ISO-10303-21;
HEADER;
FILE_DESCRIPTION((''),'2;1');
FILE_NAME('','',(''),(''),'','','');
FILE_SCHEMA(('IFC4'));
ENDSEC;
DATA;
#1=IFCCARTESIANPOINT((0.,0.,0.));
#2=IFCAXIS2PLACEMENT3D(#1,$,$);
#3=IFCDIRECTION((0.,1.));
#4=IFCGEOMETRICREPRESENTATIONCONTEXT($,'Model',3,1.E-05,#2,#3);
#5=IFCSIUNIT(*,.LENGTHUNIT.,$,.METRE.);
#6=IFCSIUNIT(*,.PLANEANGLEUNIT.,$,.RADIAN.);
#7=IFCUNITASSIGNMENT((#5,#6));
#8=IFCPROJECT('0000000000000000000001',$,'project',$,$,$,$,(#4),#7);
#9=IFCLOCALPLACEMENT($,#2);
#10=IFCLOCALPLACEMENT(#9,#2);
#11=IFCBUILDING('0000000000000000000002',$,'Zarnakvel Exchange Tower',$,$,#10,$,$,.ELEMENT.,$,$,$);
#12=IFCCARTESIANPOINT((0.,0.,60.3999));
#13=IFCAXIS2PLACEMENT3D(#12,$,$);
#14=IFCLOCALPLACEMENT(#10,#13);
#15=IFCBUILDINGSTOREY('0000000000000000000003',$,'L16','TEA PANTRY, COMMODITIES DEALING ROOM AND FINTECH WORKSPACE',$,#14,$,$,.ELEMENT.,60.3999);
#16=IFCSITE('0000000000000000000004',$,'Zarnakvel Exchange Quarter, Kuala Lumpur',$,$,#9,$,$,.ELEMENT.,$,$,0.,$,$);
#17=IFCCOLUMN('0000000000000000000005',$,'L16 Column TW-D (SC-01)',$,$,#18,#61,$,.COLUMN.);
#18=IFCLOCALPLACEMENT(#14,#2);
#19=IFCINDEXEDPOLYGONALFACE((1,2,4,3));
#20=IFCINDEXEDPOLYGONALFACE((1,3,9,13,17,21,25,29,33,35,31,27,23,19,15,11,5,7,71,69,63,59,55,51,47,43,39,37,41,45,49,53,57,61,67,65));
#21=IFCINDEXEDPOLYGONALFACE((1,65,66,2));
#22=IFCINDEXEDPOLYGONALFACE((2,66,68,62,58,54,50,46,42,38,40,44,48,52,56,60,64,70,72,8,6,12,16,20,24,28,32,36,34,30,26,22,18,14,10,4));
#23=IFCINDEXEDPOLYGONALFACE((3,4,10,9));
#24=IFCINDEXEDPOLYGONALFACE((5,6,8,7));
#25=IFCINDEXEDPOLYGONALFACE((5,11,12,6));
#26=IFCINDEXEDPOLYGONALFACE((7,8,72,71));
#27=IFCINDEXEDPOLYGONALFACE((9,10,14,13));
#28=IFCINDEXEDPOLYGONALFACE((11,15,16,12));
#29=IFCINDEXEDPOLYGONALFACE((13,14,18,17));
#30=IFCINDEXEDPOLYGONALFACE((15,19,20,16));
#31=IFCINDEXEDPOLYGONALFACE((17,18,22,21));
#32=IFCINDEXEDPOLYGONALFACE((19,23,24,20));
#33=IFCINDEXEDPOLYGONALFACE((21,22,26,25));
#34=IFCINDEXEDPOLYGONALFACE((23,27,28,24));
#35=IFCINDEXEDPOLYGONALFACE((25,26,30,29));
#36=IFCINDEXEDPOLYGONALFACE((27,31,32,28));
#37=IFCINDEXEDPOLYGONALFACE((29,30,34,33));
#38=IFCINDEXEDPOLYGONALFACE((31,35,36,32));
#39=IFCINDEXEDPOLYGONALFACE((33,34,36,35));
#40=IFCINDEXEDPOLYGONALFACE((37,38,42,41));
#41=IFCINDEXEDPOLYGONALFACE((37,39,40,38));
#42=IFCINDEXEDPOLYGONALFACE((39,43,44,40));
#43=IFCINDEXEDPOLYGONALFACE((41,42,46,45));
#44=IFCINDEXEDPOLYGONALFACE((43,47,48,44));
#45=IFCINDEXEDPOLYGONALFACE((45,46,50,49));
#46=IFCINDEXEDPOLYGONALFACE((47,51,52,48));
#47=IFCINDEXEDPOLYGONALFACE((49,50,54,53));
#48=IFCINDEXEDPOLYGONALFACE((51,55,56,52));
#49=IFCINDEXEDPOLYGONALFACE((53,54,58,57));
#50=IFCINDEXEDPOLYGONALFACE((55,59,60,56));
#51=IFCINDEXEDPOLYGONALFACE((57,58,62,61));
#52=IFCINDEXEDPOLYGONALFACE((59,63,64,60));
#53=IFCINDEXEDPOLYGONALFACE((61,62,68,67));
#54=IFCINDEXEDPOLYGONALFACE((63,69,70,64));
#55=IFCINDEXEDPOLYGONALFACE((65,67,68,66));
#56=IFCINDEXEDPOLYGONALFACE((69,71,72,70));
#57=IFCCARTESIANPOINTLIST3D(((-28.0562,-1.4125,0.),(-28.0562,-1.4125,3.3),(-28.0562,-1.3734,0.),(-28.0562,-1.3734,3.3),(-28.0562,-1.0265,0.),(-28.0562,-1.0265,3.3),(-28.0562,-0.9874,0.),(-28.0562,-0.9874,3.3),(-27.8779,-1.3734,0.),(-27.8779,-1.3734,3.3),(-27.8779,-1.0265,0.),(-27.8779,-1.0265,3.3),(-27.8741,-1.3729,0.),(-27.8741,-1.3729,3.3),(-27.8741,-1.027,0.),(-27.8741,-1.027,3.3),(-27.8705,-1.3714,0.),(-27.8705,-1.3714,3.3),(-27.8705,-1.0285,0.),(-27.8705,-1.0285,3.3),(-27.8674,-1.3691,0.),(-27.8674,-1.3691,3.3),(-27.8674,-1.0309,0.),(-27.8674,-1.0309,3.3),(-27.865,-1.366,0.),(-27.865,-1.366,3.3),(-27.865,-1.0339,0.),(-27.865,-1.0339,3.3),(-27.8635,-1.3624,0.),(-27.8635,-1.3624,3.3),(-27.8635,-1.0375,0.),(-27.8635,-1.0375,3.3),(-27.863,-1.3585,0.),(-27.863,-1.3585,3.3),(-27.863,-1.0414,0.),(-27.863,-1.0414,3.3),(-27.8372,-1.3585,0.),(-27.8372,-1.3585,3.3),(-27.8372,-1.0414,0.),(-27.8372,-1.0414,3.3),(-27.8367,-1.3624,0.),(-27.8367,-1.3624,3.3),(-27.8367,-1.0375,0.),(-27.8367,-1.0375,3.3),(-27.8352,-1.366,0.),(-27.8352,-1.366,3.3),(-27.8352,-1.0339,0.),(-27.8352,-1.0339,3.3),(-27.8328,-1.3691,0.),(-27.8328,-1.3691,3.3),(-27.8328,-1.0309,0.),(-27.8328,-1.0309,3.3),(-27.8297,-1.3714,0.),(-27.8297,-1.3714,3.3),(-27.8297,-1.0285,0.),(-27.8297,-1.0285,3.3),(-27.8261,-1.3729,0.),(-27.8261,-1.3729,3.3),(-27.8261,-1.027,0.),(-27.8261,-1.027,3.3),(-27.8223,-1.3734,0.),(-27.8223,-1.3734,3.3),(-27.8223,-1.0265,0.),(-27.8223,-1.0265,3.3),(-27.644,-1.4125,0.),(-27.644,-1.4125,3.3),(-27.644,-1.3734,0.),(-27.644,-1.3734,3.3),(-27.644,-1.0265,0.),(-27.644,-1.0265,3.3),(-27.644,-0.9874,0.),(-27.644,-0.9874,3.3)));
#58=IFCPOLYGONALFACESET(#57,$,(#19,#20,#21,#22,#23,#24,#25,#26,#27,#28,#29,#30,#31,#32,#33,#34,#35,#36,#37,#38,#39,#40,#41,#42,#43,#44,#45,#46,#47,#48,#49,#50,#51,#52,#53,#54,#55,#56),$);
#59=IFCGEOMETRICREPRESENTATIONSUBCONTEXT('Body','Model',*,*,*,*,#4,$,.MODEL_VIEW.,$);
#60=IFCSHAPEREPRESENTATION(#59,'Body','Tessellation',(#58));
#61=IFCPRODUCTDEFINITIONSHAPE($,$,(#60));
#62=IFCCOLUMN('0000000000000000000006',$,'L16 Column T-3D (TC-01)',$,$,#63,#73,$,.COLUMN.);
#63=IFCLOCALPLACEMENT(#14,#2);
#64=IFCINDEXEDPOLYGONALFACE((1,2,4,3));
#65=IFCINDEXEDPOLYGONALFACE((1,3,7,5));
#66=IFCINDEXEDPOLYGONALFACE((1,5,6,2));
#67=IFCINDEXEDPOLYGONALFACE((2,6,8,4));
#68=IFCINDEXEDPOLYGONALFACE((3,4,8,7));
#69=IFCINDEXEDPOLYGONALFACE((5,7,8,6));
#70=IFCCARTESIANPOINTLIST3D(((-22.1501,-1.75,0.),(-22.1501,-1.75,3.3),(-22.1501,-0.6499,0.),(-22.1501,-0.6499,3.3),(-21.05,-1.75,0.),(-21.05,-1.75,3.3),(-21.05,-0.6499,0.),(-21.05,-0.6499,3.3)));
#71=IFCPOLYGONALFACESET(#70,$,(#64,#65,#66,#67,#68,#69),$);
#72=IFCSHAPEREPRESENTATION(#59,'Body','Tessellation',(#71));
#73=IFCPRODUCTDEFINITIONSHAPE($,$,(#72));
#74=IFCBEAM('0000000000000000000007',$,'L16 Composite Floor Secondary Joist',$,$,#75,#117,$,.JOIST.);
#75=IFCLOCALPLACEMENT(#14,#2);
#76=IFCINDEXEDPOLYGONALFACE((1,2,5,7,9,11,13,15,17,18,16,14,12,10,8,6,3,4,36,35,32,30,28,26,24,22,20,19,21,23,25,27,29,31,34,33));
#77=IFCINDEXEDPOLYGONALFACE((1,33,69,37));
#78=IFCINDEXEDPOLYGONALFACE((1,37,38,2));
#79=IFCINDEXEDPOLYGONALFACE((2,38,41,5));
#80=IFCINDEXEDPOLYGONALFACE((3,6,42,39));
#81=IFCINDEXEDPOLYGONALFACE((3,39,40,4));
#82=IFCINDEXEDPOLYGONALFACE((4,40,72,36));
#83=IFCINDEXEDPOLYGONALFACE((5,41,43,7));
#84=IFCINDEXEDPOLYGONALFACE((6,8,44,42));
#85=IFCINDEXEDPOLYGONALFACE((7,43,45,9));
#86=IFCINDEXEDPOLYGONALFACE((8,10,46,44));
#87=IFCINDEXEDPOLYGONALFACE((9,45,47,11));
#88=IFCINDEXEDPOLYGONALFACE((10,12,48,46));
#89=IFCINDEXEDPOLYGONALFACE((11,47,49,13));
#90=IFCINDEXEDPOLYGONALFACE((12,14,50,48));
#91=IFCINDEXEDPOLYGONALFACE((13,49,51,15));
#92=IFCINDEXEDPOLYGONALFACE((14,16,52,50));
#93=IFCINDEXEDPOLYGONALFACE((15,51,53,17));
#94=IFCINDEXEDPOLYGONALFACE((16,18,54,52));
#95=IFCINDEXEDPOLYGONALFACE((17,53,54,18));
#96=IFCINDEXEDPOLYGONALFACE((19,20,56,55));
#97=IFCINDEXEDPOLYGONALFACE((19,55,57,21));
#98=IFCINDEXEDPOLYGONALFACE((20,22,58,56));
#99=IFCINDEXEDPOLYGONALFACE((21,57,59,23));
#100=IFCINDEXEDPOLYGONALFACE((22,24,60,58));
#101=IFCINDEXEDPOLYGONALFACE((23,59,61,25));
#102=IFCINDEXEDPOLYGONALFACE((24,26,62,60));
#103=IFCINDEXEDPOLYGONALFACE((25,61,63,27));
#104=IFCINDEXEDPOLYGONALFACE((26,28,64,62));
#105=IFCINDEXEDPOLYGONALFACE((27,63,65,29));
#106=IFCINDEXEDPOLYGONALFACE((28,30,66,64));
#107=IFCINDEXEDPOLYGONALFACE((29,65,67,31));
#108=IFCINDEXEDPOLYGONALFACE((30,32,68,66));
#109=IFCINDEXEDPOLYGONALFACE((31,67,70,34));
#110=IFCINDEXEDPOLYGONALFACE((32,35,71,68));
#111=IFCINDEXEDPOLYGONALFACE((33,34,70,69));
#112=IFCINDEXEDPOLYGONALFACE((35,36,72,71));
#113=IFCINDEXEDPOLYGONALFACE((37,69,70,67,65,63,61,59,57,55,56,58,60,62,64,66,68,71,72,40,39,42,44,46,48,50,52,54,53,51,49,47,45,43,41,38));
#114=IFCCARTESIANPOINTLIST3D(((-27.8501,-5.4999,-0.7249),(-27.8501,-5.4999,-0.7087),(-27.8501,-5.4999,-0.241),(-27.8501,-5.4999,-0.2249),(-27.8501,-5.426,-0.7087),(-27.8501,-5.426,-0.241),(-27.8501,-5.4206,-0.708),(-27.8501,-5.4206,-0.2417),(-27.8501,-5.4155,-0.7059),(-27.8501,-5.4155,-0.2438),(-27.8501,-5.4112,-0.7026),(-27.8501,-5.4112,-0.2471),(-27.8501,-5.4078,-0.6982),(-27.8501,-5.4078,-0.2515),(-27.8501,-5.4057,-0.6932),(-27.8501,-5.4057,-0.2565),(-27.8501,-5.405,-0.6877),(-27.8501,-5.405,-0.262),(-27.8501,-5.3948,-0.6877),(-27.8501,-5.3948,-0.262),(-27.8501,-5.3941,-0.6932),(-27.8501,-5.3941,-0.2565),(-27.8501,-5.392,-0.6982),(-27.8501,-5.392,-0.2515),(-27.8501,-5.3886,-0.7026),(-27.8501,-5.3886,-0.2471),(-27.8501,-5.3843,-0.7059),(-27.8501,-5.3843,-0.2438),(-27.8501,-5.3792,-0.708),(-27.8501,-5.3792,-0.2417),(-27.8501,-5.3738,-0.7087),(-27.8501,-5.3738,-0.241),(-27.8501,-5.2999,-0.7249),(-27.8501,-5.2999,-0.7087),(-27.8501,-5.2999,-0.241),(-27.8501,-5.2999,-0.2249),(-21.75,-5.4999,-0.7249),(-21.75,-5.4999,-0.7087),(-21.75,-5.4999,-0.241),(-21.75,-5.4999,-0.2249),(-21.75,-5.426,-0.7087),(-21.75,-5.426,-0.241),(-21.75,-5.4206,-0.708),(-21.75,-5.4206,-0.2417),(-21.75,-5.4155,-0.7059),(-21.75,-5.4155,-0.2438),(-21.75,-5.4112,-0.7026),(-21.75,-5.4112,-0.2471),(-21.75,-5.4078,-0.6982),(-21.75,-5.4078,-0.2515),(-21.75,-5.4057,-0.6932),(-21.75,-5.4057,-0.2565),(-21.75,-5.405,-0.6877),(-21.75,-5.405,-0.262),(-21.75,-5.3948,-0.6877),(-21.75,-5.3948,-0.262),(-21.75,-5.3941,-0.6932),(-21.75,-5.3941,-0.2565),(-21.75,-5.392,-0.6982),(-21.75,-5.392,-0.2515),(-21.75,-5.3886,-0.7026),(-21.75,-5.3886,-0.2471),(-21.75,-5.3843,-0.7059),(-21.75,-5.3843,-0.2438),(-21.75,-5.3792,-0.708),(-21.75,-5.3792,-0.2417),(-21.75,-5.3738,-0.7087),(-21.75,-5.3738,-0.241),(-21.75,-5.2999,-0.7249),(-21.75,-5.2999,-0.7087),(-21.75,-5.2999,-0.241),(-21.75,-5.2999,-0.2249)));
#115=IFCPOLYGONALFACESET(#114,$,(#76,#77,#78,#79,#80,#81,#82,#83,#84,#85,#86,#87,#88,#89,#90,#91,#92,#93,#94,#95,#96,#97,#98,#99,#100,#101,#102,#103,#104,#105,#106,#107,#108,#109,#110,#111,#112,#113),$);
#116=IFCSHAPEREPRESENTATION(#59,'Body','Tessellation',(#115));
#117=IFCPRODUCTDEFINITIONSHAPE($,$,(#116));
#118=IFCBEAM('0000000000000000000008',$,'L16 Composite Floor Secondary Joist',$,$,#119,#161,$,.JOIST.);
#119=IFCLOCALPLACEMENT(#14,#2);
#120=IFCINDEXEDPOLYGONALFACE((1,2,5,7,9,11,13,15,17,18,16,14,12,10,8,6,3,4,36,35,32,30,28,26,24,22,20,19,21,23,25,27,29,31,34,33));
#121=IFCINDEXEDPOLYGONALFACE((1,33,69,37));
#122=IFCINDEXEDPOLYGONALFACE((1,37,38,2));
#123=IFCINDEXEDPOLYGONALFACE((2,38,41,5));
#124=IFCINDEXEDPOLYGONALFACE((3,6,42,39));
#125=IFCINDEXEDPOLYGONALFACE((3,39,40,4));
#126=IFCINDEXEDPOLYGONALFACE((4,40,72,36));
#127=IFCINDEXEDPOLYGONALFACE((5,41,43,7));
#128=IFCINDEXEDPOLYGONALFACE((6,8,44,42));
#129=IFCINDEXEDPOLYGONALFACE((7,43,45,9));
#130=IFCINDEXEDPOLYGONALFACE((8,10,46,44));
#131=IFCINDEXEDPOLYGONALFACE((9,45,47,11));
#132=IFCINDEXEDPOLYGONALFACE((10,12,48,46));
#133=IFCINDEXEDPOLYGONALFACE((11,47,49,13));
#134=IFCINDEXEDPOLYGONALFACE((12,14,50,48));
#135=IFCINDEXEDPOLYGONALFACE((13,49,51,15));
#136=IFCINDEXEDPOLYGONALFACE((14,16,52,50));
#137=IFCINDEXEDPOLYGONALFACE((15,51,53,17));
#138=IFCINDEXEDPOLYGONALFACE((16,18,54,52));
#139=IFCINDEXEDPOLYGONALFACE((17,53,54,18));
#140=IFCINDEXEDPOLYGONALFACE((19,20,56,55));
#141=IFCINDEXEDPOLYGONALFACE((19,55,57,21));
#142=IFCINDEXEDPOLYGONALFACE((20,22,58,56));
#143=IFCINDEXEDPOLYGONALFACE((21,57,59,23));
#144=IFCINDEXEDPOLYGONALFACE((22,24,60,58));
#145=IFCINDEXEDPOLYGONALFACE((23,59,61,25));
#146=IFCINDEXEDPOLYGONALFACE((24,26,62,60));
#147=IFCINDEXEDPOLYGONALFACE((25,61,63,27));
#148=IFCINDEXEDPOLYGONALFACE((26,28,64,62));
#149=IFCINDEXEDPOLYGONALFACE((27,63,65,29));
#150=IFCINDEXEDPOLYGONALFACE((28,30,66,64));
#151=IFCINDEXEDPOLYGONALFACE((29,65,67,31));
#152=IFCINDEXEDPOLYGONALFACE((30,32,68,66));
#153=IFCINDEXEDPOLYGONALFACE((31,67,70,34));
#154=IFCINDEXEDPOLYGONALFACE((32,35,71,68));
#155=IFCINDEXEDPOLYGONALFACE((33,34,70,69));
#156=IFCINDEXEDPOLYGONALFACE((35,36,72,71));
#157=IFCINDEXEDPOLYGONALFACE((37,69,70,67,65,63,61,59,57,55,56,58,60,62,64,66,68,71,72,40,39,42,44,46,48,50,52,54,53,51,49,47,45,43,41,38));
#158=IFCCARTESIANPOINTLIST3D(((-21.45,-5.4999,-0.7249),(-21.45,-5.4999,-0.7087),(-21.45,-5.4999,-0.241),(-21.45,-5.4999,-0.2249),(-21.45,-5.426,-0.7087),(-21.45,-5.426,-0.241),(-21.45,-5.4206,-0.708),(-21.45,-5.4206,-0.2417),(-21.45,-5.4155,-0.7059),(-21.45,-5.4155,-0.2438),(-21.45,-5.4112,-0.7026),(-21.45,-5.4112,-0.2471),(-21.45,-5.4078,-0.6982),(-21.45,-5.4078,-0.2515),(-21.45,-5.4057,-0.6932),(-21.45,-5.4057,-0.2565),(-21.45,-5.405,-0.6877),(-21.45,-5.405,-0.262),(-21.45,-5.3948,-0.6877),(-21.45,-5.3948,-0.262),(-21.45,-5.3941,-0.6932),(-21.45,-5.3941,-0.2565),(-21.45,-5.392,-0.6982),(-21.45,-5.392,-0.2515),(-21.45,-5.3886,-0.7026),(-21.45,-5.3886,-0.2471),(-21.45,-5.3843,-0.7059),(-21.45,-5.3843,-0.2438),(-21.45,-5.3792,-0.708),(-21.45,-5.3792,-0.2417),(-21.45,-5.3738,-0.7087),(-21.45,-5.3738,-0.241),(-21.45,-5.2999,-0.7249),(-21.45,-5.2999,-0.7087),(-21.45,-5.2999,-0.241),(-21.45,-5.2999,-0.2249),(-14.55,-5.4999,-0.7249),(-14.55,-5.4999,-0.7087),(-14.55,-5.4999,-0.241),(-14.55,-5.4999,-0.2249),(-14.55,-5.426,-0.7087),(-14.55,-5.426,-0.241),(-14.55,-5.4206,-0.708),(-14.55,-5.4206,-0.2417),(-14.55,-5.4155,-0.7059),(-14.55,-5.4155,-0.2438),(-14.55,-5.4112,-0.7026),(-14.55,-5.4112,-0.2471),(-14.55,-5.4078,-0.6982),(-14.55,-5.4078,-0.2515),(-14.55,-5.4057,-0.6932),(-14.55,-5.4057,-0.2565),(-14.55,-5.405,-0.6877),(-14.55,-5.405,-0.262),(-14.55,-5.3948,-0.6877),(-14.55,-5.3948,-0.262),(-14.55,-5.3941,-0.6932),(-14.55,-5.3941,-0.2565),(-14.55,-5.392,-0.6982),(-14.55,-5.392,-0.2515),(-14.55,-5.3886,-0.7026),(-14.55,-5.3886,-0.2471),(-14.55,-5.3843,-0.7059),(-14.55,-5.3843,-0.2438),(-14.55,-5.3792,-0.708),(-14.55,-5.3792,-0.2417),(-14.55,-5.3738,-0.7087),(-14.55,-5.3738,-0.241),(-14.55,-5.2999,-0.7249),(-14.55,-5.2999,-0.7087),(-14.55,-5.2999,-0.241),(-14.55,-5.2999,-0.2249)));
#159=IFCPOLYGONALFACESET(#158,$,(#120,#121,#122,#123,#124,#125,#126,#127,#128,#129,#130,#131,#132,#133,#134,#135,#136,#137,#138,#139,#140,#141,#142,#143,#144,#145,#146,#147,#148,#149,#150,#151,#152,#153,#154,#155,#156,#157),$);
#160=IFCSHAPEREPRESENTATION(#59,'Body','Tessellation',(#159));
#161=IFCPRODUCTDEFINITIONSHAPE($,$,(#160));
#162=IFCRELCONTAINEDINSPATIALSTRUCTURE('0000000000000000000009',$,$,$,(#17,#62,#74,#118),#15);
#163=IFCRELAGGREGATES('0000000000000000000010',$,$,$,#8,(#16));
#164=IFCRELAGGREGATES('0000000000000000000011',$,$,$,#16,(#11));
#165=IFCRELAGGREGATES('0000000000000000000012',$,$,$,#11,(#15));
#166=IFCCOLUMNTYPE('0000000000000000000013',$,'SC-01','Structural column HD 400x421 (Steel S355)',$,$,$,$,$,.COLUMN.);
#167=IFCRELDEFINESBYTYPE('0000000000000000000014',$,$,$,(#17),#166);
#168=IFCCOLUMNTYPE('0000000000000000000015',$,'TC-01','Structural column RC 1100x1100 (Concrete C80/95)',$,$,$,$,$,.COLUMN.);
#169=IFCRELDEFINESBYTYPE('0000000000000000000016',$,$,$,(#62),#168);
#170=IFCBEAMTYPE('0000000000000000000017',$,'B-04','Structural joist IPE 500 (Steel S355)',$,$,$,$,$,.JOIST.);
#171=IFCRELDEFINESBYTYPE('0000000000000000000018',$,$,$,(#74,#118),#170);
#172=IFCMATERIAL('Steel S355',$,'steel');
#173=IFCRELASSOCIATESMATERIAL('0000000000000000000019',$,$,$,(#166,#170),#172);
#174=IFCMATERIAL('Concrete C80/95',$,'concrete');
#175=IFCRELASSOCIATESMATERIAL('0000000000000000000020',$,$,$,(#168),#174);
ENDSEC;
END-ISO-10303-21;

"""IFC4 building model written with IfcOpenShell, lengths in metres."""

from ifc_helpers import new_model, si_unit, direction, frame, origin, origin_2d, place, context, subcontext, project, spatial, rectangle, i_section, extrude, material, material_profile, profile_set, type_object, element, save


model = new_model("IFC4")

# Units and contexts
model_context = context("Model", 3, precision=1e-05, world=origin(), true_north=direction((0.0, 1.0)))
body_context = subcontext(model_context, "Body", "Model", "MODEL_VIEW")
ifc_project = project(units=[si_unit("LENGTHUNIT", "METRE"), si_unit("PLANEANGLEUNIT", "RADIAN")], contexts=[model_context])

# Site, building, storey
site_placement = place(None, origin())
site = spatial("IfcSite", under=ifc_project, at=site_placement, Name="Zarnakvel Exchange Quarter, Kuala Lumpur", CompositionType="ELEMENT", RefElevation=0.0)
building_placement = place(site_placement, origin())
building = spatial("IfcBuilding", under=site, at=building_placement, Name="Zarnakvel Exchange Tower", CompositionType="ELEMENT")
storey_placement = place(building_placement, frame((0.0, 0.0, 60.3999)))
storey = spatial("IfcBuildingStorey", under=building, at=storey_placement, Name="L16", Description="TEA PANTRY, COMMODITIES DEALING ROOM AND FINTECH WORKSPACE", CompositionType="ELEMENT", Elevation=60.3999)

# Columns
ifc_material_1 = material(Name="Steel S355", Category="steel")
ifc_material_profile_1 = material_profile(ifc_material_1, i_section(OverallWidth=0.4121, OverallDepth=0.425, WebThickness=0.0259, FlangeThickness=0.0391, FilletRadius=0.0149, at=origin_2d()))
ifc_profile_set_1 = profile_set([ifc_material_profile_1], Name="Steel S355")
column_type_1 = type_object("IfcColumnType", Name="SC-01", Description="Structural column HD 400x421 (Steel S355)", PredefinedType="COLUMN", material=ifc_profile_set_1)
column_1_placement = place(storey_placement, frame((-27.8501, -1.2, 0.0), z_axis=(0.0, 0.0, 1.0), x_axis=(1.0, 0.0, 0.0)))
element("IfcColumn", 1, at=column_1_placement, inside=storey, type_object=column_type_1, Name="L16 Column TW-D (SC-01)", PredefinedType="COLUMN", context=body_context, shape_type="SweptSolid", body=[
    extrude(i_section(OverallWidth=0.4121, OverallDepth=0.425, WebThickness=0.0259, FlangeThickness=0.0391, FilletRadius=0.0149, at=origin_2d()), origin(), (0.0, 0.0, 1.0), 3.3),
])
ifc_material_2 = material(Name="Concrete C80/95", Category="concrete")
ifc_material_profile_2 = material_profile(ifc_material_2, rectangle(XDim=1.1001, YDim=1.1001, at=origin_2d()))
ifc_profile_set_2 = profile_set([ifc_material_profile_2], Name="Concrete C80/95")
column_type_2 = type_object("IfcColumnType", Name="TC-01", Description="Structural column RC 1100x1100 (Concrete C80/95)", PredefinedType="COLUMN", material=ifc_profile_set_2)
column_2_placement = place(storey_placement, frame((-21.6001, -1.2, 0.0), z_axis=(0.0, 0.0, 1.0), x_axis=(1.0, 0.0, 0.0)))
element("IfcColumn", 2, at=column_2_placement, inside=storey, type_object=column_type_2, Name="L16 Column T-3D (TC-01)", PredefinedType="COLUMN", context=body_context, shape_type="SweptSolid", body=[
    extrude(rectangle(XDim=1.1001, YDim=1.1001, at=origin_2d()), origin(), (0.0, 0.0, 1.0), 3.3),
])

# Beams
ifc_material_profile_3 = material_profile(ifc_material_1, i_section(OverallWidth=0.2, OverallDepth=0.5, WebThickness=0.0103, FlangeThickness=0.0161, FilletRadius=0.021, at=origin_2d()))
ifc_profile_set_3 = profile_set([ifc_material_profile_3], Name="Steel S355")
beam_type_1 = type_object("IfcBeamType", Name="B-04", Description="Structural joist IPE 500 (Steel S355)", PredefinedType="JOIST", material=ifc_profile_set_3)
beam_1_placement = place(storey_placement, frame((-27.8501, -5.3999, -0.4749), z_axis=(1.0, 0.0, 0.0), x_axis=(0.0, 1.0, 0.0)))
element("IfcBeam", 3, at=beam_1_placement, inside=storey, type_object=beam_type_1, Name="L16 Composite Floor Secondary Joist", PredefinedType="JOIST", context=body_context, shape_type="SweptSolid", body=[
    extrude(i_section(OverallWidth=0.2, OverallDepth=0.5, WebThickness=0.0103, FlangeThickness=0.0161, FilletRadius=0.021, at=origin_2d()), origin(), (0.0, 0.0, 1.0), 6.1001),
])
beam_2_placement = place(storey_placement, frame((-21.45, -5.3999, -0.4749), z_axis=(1.0, 0.0, 0.0), x_axis=(0.0, 1.0, 0.0)))
element("IfcBeam", 4, at=beam_2_placement, inside=storey, type_object=beam_type_1, Name="L16 Composite Floor Secondary Joist", PredefinedType="JOIST", context=body_context, shape_type="SweptSolid", body=[
    extrude(i_section(OverallWidth=0.2, OverallDepth=0.5, WebThickness=0.0103, FlangeThickness=0.0161, FilletRadius=0.021, at=origin_2d()), origin(), (0.0, 0.0, 1.0), 6.8999),
])

save(model, "model.ifc")
